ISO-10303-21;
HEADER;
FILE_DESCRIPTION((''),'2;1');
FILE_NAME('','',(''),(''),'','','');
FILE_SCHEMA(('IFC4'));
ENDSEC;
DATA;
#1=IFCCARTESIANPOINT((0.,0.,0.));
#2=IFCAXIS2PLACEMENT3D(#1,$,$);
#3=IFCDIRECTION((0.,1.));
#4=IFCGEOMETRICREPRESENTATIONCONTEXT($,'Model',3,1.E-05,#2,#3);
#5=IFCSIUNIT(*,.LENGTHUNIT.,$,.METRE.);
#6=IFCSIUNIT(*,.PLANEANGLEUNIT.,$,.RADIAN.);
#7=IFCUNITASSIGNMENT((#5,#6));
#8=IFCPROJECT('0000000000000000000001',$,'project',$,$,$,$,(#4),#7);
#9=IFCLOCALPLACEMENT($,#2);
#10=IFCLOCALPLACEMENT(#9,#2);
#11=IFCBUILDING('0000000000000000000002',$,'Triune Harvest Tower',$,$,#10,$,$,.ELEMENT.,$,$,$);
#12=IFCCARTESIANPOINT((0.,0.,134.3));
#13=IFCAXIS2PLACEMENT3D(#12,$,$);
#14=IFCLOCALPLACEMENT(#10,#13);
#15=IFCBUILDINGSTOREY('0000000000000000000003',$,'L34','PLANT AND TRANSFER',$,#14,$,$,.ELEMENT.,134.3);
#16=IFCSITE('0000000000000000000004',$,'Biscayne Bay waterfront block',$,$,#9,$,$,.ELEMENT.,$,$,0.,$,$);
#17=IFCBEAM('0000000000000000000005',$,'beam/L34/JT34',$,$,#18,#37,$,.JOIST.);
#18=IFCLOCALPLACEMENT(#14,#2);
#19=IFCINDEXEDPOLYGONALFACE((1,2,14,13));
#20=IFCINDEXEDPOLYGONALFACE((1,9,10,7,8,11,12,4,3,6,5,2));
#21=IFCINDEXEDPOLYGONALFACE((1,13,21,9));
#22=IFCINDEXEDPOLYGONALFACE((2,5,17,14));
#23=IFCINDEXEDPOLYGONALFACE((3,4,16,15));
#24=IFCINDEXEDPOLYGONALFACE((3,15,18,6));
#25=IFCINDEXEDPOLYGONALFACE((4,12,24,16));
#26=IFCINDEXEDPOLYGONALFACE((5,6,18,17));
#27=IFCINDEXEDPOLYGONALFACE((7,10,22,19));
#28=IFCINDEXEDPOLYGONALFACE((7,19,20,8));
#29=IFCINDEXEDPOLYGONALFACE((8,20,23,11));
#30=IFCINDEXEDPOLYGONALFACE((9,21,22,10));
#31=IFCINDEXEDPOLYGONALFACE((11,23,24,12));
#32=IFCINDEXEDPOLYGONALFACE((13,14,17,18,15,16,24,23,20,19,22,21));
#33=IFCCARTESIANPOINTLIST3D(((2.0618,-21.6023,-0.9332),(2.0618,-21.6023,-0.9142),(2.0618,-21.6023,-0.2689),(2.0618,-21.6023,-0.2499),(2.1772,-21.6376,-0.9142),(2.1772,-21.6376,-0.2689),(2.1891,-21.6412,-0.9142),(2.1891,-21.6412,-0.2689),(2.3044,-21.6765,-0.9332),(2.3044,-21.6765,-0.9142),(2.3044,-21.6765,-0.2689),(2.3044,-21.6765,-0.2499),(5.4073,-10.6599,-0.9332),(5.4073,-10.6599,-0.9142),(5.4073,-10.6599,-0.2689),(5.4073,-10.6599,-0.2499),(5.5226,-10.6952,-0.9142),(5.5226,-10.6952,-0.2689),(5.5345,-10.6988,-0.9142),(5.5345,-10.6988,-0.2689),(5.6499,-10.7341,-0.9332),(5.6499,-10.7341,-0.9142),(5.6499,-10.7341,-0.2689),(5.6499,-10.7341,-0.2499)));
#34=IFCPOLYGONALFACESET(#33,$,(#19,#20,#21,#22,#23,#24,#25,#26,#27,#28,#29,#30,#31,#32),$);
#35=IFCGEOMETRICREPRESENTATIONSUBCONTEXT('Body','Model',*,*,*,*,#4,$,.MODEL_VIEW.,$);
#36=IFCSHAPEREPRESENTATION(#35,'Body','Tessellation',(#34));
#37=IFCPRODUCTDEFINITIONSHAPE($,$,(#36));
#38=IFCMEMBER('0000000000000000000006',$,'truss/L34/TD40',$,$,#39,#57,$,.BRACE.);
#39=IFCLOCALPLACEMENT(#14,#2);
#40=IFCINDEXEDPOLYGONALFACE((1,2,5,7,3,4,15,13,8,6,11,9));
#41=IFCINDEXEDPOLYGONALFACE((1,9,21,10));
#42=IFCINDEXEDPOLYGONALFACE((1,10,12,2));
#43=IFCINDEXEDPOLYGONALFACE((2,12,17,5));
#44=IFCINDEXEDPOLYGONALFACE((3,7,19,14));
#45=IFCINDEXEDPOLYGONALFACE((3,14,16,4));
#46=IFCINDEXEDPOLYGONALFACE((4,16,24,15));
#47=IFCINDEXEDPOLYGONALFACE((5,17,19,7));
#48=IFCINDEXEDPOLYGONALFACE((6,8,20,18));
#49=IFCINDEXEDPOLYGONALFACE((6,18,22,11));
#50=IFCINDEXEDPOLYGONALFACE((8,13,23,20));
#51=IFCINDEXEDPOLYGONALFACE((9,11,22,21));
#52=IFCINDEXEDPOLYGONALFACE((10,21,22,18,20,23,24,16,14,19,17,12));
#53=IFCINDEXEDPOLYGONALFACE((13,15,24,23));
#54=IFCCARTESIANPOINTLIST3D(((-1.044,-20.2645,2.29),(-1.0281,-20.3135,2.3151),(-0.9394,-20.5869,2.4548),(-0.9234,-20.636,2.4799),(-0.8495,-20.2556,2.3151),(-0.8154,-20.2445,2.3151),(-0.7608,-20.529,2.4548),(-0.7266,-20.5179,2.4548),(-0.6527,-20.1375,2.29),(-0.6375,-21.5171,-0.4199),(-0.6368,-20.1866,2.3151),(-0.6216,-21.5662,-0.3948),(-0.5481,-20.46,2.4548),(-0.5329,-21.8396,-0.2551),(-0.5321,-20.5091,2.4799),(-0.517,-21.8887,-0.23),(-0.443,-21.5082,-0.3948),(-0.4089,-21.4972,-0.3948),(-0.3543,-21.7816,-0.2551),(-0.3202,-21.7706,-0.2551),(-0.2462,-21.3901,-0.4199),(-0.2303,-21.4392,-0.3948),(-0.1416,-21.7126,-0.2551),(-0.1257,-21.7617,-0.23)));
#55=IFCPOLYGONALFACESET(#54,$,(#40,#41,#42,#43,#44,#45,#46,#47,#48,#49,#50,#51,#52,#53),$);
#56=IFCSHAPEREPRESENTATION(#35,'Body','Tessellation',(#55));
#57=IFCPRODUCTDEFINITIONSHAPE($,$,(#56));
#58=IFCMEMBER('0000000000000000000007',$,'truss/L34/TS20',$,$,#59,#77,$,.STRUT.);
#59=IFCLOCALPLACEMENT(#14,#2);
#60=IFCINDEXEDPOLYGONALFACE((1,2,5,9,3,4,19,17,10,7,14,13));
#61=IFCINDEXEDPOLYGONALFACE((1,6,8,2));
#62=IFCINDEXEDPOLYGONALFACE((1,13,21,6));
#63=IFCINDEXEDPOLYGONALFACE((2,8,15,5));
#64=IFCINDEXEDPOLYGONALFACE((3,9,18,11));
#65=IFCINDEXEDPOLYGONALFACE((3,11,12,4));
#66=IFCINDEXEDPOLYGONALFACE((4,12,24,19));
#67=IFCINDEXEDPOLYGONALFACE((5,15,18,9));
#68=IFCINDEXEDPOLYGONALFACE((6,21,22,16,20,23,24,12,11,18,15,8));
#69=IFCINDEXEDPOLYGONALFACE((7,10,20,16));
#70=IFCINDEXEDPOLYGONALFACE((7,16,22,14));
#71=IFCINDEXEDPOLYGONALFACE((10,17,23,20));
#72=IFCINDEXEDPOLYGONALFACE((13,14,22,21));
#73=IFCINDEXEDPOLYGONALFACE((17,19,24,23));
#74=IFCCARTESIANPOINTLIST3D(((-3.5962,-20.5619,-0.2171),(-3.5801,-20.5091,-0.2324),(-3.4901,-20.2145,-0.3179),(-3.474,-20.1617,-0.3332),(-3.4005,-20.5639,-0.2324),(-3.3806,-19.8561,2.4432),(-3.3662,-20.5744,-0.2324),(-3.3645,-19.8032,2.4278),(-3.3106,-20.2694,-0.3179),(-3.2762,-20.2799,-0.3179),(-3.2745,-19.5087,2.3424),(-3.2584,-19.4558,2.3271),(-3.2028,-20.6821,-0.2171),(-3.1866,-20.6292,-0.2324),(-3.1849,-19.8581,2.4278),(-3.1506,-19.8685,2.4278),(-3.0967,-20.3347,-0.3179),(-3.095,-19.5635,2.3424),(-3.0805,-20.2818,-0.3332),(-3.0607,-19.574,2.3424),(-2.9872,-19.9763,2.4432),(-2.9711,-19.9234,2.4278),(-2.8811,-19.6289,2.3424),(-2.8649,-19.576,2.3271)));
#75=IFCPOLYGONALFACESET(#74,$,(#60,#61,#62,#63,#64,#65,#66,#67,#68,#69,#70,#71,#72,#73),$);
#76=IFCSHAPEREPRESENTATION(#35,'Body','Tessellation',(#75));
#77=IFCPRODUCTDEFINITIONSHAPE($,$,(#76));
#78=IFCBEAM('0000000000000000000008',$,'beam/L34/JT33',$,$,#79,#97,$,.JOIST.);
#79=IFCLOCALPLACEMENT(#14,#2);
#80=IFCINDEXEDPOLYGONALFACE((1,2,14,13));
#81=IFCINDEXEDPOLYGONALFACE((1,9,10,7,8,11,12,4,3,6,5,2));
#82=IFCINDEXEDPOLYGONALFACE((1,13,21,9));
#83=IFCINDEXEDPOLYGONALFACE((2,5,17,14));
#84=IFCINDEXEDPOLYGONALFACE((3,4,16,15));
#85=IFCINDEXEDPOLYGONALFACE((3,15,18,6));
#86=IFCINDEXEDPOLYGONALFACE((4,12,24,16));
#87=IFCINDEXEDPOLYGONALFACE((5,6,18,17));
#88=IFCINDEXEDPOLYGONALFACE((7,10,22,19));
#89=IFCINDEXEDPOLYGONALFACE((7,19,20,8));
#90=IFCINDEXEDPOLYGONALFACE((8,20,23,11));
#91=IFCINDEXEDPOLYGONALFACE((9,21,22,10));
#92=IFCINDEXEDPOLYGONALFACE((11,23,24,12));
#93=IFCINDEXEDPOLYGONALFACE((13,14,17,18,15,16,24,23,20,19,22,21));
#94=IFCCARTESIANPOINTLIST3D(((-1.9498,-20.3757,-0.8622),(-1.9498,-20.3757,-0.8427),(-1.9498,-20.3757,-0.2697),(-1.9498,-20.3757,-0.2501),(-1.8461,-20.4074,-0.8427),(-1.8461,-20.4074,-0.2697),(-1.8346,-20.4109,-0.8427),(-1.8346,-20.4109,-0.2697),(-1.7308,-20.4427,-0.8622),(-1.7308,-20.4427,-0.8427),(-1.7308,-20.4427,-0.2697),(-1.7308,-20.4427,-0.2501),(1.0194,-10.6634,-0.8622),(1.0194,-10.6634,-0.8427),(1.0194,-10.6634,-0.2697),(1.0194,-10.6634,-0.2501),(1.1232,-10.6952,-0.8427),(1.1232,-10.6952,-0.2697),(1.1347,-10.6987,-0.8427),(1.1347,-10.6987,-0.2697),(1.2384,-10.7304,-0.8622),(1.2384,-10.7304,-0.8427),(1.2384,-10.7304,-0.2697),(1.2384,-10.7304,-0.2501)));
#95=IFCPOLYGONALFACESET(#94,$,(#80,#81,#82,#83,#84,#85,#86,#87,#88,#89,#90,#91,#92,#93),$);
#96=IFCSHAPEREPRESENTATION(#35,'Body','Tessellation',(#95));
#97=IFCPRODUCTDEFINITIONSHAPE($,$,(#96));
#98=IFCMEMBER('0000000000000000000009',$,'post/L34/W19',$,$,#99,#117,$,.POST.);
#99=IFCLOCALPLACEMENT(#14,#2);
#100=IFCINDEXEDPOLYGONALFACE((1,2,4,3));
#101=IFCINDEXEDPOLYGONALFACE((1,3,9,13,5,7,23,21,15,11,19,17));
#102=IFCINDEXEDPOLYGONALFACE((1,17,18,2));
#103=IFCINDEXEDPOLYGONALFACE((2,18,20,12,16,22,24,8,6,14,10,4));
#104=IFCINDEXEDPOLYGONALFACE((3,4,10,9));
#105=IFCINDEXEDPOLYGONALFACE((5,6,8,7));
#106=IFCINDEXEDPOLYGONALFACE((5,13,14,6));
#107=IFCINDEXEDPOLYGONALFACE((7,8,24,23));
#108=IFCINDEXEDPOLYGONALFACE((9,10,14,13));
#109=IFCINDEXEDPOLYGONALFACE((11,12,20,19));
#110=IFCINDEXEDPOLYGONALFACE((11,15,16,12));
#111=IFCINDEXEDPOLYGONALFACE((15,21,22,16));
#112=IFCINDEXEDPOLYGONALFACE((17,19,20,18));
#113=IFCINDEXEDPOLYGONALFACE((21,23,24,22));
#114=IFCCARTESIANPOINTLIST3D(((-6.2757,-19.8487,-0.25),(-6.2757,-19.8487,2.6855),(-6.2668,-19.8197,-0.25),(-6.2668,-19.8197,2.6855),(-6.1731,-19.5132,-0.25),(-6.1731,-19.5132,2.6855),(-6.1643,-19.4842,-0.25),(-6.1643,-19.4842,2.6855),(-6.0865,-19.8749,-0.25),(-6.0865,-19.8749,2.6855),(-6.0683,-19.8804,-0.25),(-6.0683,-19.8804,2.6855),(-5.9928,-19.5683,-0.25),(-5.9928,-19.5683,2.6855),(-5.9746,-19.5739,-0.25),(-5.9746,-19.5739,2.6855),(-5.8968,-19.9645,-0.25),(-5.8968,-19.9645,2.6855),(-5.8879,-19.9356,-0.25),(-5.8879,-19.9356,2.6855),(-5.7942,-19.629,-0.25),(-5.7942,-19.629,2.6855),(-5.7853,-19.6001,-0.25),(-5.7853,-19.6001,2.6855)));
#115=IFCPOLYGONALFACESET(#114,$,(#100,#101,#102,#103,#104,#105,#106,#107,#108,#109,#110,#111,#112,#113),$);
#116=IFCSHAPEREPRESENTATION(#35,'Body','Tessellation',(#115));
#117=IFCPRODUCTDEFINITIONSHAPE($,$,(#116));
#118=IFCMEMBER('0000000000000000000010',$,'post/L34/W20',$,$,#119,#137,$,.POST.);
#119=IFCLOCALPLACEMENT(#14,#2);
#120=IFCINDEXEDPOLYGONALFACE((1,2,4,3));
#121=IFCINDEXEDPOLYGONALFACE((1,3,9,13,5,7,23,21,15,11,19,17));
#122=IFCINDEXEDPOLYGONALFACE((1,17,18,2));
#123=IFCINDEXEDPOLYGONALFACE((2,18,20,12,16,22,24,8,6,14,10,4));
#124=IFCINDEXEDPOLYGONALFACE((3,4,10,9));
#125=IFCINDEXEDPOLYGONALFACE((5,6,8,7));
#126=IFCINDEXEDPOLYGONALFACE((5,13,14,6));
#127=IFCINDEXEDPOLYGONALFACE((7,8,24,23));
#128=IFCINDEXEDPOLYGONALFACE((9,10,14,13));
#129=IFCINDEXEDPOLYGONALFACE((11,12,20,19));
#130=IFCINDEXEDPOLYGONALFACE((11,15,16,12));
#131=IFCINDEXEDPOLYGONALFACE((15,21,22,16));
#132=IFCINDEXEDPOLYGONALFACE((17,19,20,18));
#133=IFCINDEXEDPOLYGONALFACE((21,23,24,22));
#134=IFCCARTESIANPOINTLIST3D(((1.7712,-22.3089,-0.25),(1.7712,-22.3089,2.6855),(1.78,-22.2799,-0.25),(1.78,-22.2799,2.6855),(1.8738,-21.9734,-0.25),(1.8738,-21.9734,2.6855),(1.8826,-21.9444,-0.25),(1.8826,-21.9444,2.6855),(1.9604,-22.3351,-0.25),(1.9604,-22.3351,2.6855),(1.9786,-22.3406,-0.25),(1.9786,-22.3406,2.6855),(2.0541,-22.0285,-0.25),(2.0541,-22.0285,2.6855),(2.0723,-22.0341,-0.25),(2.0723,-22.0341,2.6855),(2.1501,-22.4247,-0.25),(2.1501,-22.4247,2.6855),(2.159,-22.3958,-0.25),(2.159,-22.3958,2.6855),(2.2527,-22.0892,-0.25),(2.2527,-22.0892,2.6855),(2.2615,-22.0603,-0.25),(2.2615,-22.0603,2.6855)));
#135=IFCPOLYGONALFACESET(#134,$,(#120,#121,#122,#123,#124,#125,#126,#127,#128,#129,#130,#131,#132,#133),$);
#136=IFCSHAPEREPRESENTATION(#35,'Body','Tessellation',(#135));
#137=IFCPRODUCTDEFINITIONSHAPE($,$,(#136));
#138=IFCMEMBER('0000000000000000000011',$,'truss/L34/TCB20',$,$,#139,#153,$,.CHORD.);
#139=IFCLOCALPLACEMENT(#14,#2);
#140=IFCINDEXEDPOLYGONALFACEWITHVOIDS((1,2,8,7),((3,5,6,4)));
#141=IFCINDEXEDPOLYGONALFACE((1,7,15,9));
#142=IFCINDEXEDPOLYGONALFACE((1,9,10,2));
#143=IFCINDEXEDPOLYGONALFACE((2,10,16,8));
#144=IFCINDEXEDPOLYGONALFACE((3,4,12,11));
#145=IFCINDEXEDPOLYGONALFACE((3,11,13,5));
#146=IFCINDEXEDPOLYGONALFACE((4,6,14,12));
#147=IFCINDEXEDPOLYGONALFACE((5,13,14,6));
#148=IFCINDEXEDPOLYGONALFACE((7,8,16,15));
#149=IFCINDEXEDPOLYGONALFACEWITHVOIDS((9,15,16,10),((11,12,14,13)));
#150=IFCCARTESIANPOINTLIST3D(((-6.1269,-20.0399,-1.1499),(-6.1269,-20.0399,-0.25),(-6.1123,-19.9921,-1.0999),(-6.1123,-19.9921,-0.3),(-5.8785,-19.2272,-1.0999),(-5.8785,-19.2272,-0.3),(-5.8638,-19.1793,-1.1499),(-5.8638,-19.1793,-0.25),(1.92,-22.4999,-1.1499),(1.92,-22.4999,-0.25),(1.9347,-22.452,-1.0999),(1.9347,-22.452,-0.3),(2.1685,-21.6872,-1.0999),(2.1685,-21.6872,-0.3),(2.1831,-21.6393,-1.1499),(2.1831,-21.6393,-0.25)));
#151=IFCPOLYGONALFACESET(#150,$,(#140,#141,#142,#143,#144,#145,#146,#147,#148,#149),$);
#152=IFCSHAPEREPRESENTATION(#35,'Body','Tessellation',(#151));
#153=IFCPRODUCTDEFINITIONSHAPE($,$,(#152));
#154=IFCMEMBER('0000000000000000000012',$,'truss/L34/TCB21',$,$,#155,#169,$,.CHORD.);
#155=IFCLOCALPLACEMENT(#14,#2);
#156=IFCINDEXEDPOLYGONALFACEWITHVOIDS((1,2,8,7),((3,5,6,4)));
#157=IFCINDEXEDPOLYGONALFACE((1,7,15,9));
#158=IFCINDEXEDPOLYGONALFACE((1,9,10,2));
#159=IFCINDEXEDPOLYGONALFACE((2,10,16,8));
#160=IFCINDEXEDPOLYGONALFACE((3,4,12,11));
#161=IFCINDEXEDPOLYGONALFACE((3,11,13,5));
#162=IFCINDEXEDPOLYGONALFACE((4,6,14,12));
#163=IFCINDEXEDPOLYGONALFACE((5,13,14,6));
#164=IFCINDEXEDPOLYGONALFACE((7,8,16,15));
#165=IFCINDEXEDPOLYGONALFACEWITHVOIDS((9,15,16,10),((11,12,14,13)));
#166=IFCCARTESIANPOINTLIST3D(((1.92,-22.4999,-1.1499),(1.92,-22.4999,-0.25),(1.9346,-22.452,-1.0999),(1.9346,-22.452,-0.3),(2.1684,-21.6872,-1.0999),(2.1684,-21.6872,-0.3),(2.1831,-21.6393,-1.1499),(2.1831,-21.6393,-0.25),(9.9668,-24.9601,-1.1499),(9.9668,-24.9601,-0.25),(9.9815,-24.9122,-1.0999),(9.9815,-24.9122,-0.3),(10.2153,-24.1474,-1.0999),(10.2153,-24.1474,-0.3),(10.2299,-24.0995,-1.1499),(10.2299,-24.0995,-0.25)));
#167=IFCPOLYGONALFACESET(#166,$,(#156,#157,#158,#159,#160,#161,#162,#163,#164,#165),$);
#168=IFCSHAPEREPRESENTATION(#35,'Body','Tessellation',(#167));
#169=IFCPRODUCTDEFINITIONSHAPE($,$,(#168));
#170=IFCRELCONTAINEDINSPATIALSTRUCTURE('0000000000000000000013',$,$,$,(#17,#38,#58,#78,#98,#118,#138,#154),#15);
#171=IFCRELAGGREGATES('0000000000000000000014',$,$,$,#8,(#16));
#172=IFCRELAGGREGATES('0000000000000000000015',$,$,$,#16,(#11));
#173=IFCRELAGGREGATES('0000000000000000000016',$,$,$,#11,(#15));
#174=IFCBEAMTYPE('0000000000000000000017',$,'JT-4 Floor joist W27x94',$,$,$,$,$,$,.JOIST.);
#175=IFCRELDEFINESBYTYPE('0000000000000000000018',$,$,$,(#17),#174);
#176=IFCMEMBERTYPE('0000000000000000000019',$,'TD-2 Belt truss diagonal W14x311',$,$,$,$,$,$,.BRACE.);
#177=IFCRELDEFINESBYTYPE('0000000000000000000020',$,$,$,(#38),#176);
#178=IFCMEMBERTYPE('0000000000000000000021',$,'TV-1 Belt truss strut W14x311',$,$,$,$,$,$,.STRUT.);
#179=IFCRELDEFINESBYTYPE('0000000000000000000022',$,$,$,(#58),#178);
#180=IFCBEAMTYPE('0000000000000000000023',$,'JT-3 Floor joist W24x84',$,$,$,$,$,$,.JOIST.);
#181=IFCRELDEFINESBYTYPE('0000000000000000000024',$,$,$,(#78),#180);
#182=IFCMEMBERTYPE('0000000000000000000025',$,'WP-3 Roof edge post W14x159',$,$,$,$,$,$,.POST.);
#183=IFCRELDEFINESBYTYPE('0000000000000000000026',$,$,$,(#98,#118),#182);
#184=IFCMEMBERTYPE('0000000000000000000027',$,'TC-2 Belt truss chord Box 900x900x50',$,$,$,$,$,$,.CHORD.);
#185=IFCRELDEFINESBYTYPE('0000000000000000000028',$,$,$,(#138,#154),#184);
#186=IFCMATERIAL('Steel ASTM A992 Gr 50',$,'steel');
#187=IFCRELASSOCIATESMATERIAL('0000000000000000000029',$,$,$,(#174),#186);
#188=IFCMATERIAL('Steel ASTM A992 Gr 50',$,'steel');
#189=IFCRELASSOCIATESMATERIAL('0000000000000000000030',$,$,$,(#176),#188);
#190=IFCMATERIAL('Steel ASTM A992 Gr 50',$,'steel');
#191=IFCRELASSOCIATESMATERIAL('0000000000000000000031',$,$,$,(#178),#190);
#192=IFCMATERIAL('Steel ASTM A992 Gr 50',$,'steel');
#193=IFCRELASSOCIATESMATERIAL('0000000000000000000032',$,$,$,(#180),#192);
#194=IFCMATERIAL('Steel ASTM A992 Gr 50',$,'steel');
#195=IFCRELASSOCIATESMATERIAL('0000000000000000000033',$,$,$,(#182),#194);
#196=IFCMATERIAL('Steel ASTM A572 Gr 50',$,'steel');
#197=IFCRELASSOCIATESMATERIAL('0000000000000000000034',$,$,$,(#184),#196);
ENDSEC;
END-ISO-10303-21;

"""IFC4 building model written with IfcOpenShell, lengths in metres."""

from ifc_helpers import new_model, si_unit, direction, frame, origin, origin_2d, place, context, subcontext, project, spatial, hollow_rectangle, i_section, extrude, source, transform, mapped, material, material_profile, profile_set, type_object, element, save


model = new_model("IFC4")

# Units and contexts
model_context = context("Model", 3, precision=1e-05, world=origin(), true_north=direction((0.0, 1.0)))
body_context = subcontext(model_context, "Body", "Model", "MODEL_VIEW")
ifc_project = project(units=[si_unit("LENGTHUNIT", "METRE"), si_unit("PLANEANGLEUNIT", "RADIAN")], contexts=[model_context])

# Site, building, storey
site_placement = place(None, origin())
site = spatial("IfcSite", under=ifc_project, at=site_placement, Name="Biscayne Bay waterfront block", CompositionType="ELEMENT", RefElevation=0.0)
building_placement = place(site_placement, origin())
building = spatial("IfcBuilding", under=site, at=building_placement, Name="Triune Harvest Tower", CompositionType="ELEMENT")
storey_placement = place(building_placement, frame((0.0, 0.0, 134.3)))
storey = spatial("IfcBuildingStorey", under=building, at=storey_placement, Name="L34", Description="PLANT AND TRANSFER", CompositionType="ELEMENT", Elevation=134.3)

# Beam
ifc_material_1 = material(Name="Steel ASTM A992 Gr 50", Category="steel")
ifc_material_profile_1 = material_profile(ifc_material_1, i_section(OverallWidth=0.2537, OverallDepth=0.6833, WebThickness=0.0125, FlangeThickness=0.019, at=origin_2d()), Name="W27x94")
ifc_profile_set_1 = profile_set([ifc_material_profile_1], Name="Steel ASTM A992 Gr 50")
beam_type_1 = type_object("IfcBeamType", Name="JT-4 Floor joist W27x94", PredefinedType="JOIST", material=ifc_profile_set_1)
beam_1_placement = place(storey_placement, frame((2.1831, -21.6394, -0.5916), z_axis=(0.292375, 0.956304, 0.0), x_axis=(-0.956304, 0.292375, 0.0)))
element("IfcBeam", 1, at=beam_1_placement, inside=storey, type_object=beam_type_1, Name="beam/L34/JT34", PredefinedType="JOIST", context=body_context, shape_type="SweptSolid", body=[
    extrude(i_section(OverallWidth=0.2537, OverallDepth=0.6833, WebThickness=0.0125, FlangeThickness=0.019, at=origin_2d()), origin(), (0.0, 0.0, 1.0), 11.4424),
])

# Members
ifc_material_2 = material(Name="Steel ASTM A992 Gr 50", Category="steel")
ifc_material_profile_2 = material_profile(ifc_material_2, i_section(OverallWidth=0.4114, OverallDepth=0.4343, WebThickness=0.0359, FlangeThickness=0.0574, at=origin_2d()), Name="W14x311")
ifc_profile_set_2 = profile_set([ifc_material_profile_2], Name="Steel ASTM A992 Gr 50")
member_type_1 = type_object("IfcMemberType", Name="TD-2 Belt truss diagonal W14x311", PredefinedType="BRACE", material=ifc_profile_set_2)
member_1_placement = place(storey_placement, frame((-0.3816, -21.6394, -0.325), z_axis=(-0.134912, 0.415756, 0.899414), x_axis=(-0.951174, -0.308654, 0.0)))
element("IfcMember", 2, at=member_1_placement, inside=storey, type_object=member_type_1, Name="truss/L34/TD40", PredefinedType="BRACE", context=body_context, shape_type="SweptSolid", body=[
    extrude(i_section(OverallWidth=0.4114, OverallDepth=0.4343, WebThickness=0.0359, FlangeThickness=0.0574, at=origin_2d()), origin(), (0.0, 0.0, 1.0), 3.0129),
])
ifc_material_3 = material(Name="Steel ASTM A992 Gr 50", Category="steel")
ifc_material_profile_3 = material_profile(ifc_material_3, i_section(OverallWidth=0.4114, OverallDepth=0.4343, WebThickness=0.0359, FlangeThickness=0.0574, at=origin_2d()), Name="W14x311")
ifc_profile_set_3 = profile_set([ifc_material_profile_3], Name="Steel ASTM A992 Gr 50")
member_type_2 = type_object("IfcMemberType", Name="TV-1 Belt truss strut W14x311", PredefinedType="STRUT", material=ifc_profile_set_3)
member_2_placement = place(storey_placement, frame((-3.3384, -20.4219, -0.2751), z_axis=(0.07809, 0.25567, 0.963605), x_axis=(-0.956385, 0.292109, 0.0)))
element("IfcMember", 3, at=member_2_placement, inside=storey, type_object=member_type_2, Name="truss/L34/TS20", PredefinedType="STRUT", context=body_context, shape_type="SweptSolid", body=[
    extrude(i_section(OverallWidth=0.4114, OverallDepth=0.4343, WebThickness=0.0359, FlangeThickness=0.0574, at=origin_2d()), origin(), (0.0, 0.0, 1.0), 2.7607),
])

# Beam
ifc_material_4 = material(Name="Steel ASTM A992 Gr 50", Category="steel")
ifc_material_profile_4 = material_profile(ifc_material_4, i_section(OverallWidth=0.229, OverallDepth=0.6121, WebThickness=0.012, FlangeThickness=0.0195, at=origin_2d()), Name="W24x84")
ifc_profile_set_4 = profile_set([ifc_material_profile_4], Name="Steel ASTM A992 Gr 50")
beam_type_2 = type_object("IfcBeamType", Name="JT-3 Floor joist W24x84", PredefinedType="JOIST", material=ifc_profile_set_4)
shared_shape_1 = source(origin(), body_context, "Body", "SweptSolid", [
    extrude(i_section(OverallWidth=0.229, OverallDepth=0.6121, WebThickness=0.012, FlangeThickness=0.0195, at=origin_2d()), origin(), (0.0, 0.0, 1.0), 10.156),
])
beam_2_placement = place(storey_placement, frame((-1.8403, -20.4092, -0.5562), z_axis=(0.292366, 0.956307, 0.0), x_axis=(-0.956307, 0.292366, 0.0)))
element("IfcBeam", 4, at=beam_2_placement, inside=storey, type_object=beam_type_2, Name="beam/L34/JT33", PredefinedType="JOIST", context=body_context, shape_type="MappedRepresentation", body=[
    mapped(shared_shape_1, transform((0.0, 0.0, 0.0), scale=1.0)),
])

# Members
ifc_material_5 = material(Name="Steel ASTM A992 Gr 50", Category="steel")
ifc_material_profile_5 = material_profile(ifc_material_5, i_section(OverallWidth=0.3962, OverallDepth=0.3811, WebThickness=0.019, FlangeThickness=0.0303, at=origin_2d()), Name="W14x159")
ifc_profile_set_5 = profile_set([ifc_material_profile_5], Name="Steel ASTM A992 Gr 50")
member_type_3 = type_object("IfcMemberType", Name="WP-3 Roof edge post W14x159", PredefinedType="POST", material=ifc_profile_set_5)
shared_shape_2 = source(origin(), body_context, "Body", "SweptSolid", [
    extrude(i_section(OverallWidth=0.3962, OverallDepth=0.3811, WebThickness=0.019, FlangeThickness=0.0303, at=origin_2d()), origin(), (0.0, 0.0, 1.0), 2.9355),
])
for number, where, z_axis, x_axis, name in (
    (5, (-6.0305, -19.7244, -0.25), (0.0, 0.0, 1.0), (0.956305, -0.292372, 0.0), "post/L34/W19"),
    (6, (2.0164, -22.1846, -0.25), (0.0, 0.0, 1.0), (0.956305, -0.292372, 0.0), "post/L34/W20"),
):
    element("IfcMember", number, at=place(storey_placement, frame(where, z_axis=z_axis, x_axis=x_axis)), inside=storey, type_object=member_type_3, Name=name, PredefinedType="POST", context=body_context, shape_type="MappedRepresentation", body=[
        mapped(shared_shape_2, transform((0.0, 0.0, 0.0), scale=1.0)),
    ])
ifc_material_6 = material(Name="Steel ASTM A572 Gr 50", Category="steel")
ifc_material_profile_6 = material_profile(ifc_material_6, hollow_rectangle(XDim=0.8999, YDim=0.8999, WallThickness=0.05, at=origin_2d()), Name="Box 900x900x50")
ifc_profile_set_6 = profile_set([ifc_material_profile_6], Name="Steel ASTM A572 Gr 50")
member_type_4 = type_object("IfcMemberType", Name="TC-2 Belt truss chord Box 900x900x50", PredefinedType="CHORD", material=ifc_profile_set_6)
shared_shape_3 = source(origin(), body_context, "Body", "SweptSolid", [
    extrude(hollow_rectangle(XDim=0.8999, YDim=0.8999, WallThickness=0.05, at=origin_2d()), origin(), (0.0, 0.0, 1.0), 8.4146),
])
for number, where, z_axis, x_axis, name in (
    (7, (-5.9954, -19.6096, -0.7), (0.956312, -0.292348, 0.0), (0.292348, 0.956312, 0.0), "truss/L34/TCB20"),
    (8, (2.0515, -22.0696, -0.7), (0.956304, -0.292375, 0.0), (0.292375, 0.956304, 0.0), "truss/L34/TCB21"),
):
    element("IfcMember", number, at=place(storey_placement, frame(where, z_axis=z_axis, x_axis=x_axis)), inside=storey, type_object=member_type_4, Name=name, PredefinedType="CHORD", context=body_context, shape_type="MappedRepresentation", body=[
        mapped(shared_shape_3, transform((0.0, 0.0, 0.0), scale=1.0)),
    ])

save(model, "model.ifc")
